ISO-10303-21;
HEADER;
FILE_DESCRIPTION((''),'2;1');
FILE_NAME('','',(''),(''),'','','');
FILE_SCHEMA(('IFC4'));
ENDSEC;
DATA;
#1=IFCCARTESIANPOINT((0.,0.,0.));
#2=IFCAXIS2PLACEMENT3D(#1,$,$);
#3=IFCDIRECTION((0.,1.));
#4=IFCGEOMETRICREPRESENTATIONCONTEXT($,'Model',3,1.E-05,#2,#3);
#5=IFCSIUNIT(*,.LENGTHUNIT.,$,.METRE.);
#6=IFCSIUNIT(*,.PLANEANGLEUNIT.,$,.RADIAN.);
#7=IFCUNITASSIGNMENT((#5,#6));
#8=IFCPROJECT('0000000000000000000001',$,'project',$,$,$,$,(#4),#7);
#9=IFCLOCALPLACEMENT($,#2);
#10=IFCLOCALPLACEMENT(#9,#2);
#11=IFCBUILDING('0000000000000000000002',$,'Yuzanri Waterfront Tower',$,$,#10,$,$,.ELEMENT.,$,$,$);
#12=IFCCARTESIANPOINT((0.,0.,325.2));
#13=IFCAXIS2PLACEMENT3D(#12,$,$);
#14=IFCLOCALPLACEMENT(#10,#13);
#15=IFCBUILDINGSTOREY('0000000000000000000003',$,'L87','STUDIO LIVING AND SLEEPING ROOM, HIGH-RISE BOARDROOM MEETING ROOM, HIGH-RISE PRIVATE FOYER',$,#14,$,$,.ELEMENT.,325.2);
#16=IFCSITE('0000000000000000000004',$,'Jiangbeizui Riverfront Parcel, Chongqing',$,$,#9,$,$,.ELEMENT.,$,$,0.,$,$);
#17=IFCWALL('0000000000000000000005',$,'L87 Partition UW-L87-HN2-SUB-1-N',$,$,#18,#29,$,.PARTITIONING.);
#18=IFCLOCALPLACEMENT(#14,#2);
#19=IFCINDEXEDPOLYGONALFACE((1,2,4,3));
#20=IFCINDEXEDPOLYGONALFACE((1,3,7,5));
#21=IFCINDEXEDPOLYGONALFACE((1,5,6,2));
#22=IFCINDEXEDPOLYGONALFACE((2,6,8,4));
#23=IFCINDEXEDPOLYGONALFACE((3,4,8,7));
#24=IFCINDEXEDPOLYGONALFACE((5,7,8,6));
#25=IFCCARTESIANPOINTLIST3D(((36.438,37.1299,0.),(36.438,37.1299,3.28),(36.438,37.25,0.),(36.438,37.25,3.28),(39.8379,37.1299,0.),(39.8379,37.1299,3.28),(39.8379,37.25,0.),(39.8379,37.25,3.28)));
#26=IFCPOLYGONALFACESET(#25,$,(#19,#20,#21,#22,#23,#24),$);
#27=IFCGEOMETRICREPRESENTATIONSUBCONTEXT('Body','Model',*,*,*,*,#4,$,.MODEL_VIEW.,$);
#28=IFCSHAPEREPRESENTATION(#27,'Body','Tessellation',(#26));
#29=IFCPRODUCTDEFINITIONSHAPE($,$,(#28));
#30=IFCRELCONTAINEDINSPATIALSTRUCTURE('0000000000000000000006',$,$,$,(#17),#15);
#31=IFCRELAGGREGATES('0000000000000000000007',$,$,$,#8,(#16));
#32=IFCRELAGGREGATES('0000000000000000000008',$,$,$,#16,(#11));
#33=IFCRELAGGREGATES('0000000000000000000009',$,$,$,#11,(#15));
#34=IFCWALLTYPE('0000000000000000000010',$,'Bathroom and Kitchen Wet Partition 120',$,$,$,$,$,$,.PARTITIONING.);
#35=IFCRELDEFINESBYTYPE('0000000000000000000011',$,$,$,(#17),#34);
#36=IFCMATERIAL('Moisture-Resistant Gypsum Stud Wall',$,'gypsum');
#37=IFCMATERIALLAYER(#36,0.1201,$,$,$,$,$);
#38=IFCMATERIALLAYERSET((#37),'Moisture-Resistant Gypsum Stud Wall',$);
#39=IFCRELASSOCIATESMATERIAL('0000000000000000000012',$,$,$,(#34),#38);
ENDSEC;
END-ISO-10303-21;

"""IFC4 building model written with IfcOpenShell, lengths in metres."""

from ifc_helpers import new_model, si_unit, direction, frame, frame_2d, origin, place, context, subcontext, project, spatial, rectangle, extrude, source, transform, mapped, material, layer, layer_set, type_object, element, save


model = new_model("IFC4")

# Units and contexts
model_context = context("Model", 3, precision=1e-05, world=origin(), true_north=direction((0.0, 1.0)))
body_context = subcontext(model_context, "Body", "Model", "MODEL_VIEW")
ifc_project = project(units=[si_unit("LENGTHUNIT", "METRE"), si_unit("PLANEANGLEUNIT", "RADIAN")], contexts=[model_context])

# Site, building, storey
site_placement = place(None, origin())
site = spatial("IfcSite", under=ifc_project, at=site_placement, Name="Jiangbeizui Riverfront Parcel, Chongqing", CompositionType="ELEMENT", RefElevation=0.0)
building_placement = place(site_placement, origin())
building = spatial("IfcBuilding", under=site, at=building_placement, Name="Yuzanri Waterfront Tower", CompositionType="ELEMENT")
storey_placement = place(building_placement, frame((0.0, 0.0, 325.2)))
storey = spatial("IfcBuildingStorey", under=building, at=storey_placement, Name="L87", Description="STUDIO LIVING AND SLEEPING ROOM, HIGH-RISE BOARDROOM MEETING ROOM, HIGH-RISE PRIVATE FOYER", CompositionType="ELEMENT", Elevation=325.2)

# Shared definitions
ifc_material_1 = material(Name="Moisture-Resistant Gypsum Stud Wall", Category="gypsum")
ifc_layer_1 = layer(ifc_material_1, 0.1201)
ifc_layer_set_1 = layer_set([ifc_layer_1], Name="Moisture-Resistant Gypsum Stud Wall")
wall_type_1 = type_object("IfcWallType", Name="Bathroom and Kitchen Wet Partition 120", PredefinedType="PARTITIONING", material=ifc_layer_set_1)

# Wall
shared_shape_1 = source(origin(), body_context, "Body", "SweptSolid", [
    extrude(rectangle(XDim=3.3999, YDim=0.1201, at=frame_2d((1.7, 0.0))), origin(), (0.0, 0.0, 1.0), 3.28),
])
wall_1_placement = place(storey_placement, frame((36.438, 37.1899, 0.0), z_axis=(0.0, 0.0, 1.0), x_axis=(1.0, 0.0, 0.0)))
element("IfcWall", 1, at=wall_1_placement, inside=storey, type_object=wall_type_1, Name="L87 Partition UW-L87-HN2-SUB-1-N", PredefinedType="PARTITIONING", context=body_context, shape_type="MappedRepresentation", body=[
    mapped(shared_shape_1, transform((0.0, 0.0, 0.0), scale=1.0)),
])

save(model, "model.ifc")
